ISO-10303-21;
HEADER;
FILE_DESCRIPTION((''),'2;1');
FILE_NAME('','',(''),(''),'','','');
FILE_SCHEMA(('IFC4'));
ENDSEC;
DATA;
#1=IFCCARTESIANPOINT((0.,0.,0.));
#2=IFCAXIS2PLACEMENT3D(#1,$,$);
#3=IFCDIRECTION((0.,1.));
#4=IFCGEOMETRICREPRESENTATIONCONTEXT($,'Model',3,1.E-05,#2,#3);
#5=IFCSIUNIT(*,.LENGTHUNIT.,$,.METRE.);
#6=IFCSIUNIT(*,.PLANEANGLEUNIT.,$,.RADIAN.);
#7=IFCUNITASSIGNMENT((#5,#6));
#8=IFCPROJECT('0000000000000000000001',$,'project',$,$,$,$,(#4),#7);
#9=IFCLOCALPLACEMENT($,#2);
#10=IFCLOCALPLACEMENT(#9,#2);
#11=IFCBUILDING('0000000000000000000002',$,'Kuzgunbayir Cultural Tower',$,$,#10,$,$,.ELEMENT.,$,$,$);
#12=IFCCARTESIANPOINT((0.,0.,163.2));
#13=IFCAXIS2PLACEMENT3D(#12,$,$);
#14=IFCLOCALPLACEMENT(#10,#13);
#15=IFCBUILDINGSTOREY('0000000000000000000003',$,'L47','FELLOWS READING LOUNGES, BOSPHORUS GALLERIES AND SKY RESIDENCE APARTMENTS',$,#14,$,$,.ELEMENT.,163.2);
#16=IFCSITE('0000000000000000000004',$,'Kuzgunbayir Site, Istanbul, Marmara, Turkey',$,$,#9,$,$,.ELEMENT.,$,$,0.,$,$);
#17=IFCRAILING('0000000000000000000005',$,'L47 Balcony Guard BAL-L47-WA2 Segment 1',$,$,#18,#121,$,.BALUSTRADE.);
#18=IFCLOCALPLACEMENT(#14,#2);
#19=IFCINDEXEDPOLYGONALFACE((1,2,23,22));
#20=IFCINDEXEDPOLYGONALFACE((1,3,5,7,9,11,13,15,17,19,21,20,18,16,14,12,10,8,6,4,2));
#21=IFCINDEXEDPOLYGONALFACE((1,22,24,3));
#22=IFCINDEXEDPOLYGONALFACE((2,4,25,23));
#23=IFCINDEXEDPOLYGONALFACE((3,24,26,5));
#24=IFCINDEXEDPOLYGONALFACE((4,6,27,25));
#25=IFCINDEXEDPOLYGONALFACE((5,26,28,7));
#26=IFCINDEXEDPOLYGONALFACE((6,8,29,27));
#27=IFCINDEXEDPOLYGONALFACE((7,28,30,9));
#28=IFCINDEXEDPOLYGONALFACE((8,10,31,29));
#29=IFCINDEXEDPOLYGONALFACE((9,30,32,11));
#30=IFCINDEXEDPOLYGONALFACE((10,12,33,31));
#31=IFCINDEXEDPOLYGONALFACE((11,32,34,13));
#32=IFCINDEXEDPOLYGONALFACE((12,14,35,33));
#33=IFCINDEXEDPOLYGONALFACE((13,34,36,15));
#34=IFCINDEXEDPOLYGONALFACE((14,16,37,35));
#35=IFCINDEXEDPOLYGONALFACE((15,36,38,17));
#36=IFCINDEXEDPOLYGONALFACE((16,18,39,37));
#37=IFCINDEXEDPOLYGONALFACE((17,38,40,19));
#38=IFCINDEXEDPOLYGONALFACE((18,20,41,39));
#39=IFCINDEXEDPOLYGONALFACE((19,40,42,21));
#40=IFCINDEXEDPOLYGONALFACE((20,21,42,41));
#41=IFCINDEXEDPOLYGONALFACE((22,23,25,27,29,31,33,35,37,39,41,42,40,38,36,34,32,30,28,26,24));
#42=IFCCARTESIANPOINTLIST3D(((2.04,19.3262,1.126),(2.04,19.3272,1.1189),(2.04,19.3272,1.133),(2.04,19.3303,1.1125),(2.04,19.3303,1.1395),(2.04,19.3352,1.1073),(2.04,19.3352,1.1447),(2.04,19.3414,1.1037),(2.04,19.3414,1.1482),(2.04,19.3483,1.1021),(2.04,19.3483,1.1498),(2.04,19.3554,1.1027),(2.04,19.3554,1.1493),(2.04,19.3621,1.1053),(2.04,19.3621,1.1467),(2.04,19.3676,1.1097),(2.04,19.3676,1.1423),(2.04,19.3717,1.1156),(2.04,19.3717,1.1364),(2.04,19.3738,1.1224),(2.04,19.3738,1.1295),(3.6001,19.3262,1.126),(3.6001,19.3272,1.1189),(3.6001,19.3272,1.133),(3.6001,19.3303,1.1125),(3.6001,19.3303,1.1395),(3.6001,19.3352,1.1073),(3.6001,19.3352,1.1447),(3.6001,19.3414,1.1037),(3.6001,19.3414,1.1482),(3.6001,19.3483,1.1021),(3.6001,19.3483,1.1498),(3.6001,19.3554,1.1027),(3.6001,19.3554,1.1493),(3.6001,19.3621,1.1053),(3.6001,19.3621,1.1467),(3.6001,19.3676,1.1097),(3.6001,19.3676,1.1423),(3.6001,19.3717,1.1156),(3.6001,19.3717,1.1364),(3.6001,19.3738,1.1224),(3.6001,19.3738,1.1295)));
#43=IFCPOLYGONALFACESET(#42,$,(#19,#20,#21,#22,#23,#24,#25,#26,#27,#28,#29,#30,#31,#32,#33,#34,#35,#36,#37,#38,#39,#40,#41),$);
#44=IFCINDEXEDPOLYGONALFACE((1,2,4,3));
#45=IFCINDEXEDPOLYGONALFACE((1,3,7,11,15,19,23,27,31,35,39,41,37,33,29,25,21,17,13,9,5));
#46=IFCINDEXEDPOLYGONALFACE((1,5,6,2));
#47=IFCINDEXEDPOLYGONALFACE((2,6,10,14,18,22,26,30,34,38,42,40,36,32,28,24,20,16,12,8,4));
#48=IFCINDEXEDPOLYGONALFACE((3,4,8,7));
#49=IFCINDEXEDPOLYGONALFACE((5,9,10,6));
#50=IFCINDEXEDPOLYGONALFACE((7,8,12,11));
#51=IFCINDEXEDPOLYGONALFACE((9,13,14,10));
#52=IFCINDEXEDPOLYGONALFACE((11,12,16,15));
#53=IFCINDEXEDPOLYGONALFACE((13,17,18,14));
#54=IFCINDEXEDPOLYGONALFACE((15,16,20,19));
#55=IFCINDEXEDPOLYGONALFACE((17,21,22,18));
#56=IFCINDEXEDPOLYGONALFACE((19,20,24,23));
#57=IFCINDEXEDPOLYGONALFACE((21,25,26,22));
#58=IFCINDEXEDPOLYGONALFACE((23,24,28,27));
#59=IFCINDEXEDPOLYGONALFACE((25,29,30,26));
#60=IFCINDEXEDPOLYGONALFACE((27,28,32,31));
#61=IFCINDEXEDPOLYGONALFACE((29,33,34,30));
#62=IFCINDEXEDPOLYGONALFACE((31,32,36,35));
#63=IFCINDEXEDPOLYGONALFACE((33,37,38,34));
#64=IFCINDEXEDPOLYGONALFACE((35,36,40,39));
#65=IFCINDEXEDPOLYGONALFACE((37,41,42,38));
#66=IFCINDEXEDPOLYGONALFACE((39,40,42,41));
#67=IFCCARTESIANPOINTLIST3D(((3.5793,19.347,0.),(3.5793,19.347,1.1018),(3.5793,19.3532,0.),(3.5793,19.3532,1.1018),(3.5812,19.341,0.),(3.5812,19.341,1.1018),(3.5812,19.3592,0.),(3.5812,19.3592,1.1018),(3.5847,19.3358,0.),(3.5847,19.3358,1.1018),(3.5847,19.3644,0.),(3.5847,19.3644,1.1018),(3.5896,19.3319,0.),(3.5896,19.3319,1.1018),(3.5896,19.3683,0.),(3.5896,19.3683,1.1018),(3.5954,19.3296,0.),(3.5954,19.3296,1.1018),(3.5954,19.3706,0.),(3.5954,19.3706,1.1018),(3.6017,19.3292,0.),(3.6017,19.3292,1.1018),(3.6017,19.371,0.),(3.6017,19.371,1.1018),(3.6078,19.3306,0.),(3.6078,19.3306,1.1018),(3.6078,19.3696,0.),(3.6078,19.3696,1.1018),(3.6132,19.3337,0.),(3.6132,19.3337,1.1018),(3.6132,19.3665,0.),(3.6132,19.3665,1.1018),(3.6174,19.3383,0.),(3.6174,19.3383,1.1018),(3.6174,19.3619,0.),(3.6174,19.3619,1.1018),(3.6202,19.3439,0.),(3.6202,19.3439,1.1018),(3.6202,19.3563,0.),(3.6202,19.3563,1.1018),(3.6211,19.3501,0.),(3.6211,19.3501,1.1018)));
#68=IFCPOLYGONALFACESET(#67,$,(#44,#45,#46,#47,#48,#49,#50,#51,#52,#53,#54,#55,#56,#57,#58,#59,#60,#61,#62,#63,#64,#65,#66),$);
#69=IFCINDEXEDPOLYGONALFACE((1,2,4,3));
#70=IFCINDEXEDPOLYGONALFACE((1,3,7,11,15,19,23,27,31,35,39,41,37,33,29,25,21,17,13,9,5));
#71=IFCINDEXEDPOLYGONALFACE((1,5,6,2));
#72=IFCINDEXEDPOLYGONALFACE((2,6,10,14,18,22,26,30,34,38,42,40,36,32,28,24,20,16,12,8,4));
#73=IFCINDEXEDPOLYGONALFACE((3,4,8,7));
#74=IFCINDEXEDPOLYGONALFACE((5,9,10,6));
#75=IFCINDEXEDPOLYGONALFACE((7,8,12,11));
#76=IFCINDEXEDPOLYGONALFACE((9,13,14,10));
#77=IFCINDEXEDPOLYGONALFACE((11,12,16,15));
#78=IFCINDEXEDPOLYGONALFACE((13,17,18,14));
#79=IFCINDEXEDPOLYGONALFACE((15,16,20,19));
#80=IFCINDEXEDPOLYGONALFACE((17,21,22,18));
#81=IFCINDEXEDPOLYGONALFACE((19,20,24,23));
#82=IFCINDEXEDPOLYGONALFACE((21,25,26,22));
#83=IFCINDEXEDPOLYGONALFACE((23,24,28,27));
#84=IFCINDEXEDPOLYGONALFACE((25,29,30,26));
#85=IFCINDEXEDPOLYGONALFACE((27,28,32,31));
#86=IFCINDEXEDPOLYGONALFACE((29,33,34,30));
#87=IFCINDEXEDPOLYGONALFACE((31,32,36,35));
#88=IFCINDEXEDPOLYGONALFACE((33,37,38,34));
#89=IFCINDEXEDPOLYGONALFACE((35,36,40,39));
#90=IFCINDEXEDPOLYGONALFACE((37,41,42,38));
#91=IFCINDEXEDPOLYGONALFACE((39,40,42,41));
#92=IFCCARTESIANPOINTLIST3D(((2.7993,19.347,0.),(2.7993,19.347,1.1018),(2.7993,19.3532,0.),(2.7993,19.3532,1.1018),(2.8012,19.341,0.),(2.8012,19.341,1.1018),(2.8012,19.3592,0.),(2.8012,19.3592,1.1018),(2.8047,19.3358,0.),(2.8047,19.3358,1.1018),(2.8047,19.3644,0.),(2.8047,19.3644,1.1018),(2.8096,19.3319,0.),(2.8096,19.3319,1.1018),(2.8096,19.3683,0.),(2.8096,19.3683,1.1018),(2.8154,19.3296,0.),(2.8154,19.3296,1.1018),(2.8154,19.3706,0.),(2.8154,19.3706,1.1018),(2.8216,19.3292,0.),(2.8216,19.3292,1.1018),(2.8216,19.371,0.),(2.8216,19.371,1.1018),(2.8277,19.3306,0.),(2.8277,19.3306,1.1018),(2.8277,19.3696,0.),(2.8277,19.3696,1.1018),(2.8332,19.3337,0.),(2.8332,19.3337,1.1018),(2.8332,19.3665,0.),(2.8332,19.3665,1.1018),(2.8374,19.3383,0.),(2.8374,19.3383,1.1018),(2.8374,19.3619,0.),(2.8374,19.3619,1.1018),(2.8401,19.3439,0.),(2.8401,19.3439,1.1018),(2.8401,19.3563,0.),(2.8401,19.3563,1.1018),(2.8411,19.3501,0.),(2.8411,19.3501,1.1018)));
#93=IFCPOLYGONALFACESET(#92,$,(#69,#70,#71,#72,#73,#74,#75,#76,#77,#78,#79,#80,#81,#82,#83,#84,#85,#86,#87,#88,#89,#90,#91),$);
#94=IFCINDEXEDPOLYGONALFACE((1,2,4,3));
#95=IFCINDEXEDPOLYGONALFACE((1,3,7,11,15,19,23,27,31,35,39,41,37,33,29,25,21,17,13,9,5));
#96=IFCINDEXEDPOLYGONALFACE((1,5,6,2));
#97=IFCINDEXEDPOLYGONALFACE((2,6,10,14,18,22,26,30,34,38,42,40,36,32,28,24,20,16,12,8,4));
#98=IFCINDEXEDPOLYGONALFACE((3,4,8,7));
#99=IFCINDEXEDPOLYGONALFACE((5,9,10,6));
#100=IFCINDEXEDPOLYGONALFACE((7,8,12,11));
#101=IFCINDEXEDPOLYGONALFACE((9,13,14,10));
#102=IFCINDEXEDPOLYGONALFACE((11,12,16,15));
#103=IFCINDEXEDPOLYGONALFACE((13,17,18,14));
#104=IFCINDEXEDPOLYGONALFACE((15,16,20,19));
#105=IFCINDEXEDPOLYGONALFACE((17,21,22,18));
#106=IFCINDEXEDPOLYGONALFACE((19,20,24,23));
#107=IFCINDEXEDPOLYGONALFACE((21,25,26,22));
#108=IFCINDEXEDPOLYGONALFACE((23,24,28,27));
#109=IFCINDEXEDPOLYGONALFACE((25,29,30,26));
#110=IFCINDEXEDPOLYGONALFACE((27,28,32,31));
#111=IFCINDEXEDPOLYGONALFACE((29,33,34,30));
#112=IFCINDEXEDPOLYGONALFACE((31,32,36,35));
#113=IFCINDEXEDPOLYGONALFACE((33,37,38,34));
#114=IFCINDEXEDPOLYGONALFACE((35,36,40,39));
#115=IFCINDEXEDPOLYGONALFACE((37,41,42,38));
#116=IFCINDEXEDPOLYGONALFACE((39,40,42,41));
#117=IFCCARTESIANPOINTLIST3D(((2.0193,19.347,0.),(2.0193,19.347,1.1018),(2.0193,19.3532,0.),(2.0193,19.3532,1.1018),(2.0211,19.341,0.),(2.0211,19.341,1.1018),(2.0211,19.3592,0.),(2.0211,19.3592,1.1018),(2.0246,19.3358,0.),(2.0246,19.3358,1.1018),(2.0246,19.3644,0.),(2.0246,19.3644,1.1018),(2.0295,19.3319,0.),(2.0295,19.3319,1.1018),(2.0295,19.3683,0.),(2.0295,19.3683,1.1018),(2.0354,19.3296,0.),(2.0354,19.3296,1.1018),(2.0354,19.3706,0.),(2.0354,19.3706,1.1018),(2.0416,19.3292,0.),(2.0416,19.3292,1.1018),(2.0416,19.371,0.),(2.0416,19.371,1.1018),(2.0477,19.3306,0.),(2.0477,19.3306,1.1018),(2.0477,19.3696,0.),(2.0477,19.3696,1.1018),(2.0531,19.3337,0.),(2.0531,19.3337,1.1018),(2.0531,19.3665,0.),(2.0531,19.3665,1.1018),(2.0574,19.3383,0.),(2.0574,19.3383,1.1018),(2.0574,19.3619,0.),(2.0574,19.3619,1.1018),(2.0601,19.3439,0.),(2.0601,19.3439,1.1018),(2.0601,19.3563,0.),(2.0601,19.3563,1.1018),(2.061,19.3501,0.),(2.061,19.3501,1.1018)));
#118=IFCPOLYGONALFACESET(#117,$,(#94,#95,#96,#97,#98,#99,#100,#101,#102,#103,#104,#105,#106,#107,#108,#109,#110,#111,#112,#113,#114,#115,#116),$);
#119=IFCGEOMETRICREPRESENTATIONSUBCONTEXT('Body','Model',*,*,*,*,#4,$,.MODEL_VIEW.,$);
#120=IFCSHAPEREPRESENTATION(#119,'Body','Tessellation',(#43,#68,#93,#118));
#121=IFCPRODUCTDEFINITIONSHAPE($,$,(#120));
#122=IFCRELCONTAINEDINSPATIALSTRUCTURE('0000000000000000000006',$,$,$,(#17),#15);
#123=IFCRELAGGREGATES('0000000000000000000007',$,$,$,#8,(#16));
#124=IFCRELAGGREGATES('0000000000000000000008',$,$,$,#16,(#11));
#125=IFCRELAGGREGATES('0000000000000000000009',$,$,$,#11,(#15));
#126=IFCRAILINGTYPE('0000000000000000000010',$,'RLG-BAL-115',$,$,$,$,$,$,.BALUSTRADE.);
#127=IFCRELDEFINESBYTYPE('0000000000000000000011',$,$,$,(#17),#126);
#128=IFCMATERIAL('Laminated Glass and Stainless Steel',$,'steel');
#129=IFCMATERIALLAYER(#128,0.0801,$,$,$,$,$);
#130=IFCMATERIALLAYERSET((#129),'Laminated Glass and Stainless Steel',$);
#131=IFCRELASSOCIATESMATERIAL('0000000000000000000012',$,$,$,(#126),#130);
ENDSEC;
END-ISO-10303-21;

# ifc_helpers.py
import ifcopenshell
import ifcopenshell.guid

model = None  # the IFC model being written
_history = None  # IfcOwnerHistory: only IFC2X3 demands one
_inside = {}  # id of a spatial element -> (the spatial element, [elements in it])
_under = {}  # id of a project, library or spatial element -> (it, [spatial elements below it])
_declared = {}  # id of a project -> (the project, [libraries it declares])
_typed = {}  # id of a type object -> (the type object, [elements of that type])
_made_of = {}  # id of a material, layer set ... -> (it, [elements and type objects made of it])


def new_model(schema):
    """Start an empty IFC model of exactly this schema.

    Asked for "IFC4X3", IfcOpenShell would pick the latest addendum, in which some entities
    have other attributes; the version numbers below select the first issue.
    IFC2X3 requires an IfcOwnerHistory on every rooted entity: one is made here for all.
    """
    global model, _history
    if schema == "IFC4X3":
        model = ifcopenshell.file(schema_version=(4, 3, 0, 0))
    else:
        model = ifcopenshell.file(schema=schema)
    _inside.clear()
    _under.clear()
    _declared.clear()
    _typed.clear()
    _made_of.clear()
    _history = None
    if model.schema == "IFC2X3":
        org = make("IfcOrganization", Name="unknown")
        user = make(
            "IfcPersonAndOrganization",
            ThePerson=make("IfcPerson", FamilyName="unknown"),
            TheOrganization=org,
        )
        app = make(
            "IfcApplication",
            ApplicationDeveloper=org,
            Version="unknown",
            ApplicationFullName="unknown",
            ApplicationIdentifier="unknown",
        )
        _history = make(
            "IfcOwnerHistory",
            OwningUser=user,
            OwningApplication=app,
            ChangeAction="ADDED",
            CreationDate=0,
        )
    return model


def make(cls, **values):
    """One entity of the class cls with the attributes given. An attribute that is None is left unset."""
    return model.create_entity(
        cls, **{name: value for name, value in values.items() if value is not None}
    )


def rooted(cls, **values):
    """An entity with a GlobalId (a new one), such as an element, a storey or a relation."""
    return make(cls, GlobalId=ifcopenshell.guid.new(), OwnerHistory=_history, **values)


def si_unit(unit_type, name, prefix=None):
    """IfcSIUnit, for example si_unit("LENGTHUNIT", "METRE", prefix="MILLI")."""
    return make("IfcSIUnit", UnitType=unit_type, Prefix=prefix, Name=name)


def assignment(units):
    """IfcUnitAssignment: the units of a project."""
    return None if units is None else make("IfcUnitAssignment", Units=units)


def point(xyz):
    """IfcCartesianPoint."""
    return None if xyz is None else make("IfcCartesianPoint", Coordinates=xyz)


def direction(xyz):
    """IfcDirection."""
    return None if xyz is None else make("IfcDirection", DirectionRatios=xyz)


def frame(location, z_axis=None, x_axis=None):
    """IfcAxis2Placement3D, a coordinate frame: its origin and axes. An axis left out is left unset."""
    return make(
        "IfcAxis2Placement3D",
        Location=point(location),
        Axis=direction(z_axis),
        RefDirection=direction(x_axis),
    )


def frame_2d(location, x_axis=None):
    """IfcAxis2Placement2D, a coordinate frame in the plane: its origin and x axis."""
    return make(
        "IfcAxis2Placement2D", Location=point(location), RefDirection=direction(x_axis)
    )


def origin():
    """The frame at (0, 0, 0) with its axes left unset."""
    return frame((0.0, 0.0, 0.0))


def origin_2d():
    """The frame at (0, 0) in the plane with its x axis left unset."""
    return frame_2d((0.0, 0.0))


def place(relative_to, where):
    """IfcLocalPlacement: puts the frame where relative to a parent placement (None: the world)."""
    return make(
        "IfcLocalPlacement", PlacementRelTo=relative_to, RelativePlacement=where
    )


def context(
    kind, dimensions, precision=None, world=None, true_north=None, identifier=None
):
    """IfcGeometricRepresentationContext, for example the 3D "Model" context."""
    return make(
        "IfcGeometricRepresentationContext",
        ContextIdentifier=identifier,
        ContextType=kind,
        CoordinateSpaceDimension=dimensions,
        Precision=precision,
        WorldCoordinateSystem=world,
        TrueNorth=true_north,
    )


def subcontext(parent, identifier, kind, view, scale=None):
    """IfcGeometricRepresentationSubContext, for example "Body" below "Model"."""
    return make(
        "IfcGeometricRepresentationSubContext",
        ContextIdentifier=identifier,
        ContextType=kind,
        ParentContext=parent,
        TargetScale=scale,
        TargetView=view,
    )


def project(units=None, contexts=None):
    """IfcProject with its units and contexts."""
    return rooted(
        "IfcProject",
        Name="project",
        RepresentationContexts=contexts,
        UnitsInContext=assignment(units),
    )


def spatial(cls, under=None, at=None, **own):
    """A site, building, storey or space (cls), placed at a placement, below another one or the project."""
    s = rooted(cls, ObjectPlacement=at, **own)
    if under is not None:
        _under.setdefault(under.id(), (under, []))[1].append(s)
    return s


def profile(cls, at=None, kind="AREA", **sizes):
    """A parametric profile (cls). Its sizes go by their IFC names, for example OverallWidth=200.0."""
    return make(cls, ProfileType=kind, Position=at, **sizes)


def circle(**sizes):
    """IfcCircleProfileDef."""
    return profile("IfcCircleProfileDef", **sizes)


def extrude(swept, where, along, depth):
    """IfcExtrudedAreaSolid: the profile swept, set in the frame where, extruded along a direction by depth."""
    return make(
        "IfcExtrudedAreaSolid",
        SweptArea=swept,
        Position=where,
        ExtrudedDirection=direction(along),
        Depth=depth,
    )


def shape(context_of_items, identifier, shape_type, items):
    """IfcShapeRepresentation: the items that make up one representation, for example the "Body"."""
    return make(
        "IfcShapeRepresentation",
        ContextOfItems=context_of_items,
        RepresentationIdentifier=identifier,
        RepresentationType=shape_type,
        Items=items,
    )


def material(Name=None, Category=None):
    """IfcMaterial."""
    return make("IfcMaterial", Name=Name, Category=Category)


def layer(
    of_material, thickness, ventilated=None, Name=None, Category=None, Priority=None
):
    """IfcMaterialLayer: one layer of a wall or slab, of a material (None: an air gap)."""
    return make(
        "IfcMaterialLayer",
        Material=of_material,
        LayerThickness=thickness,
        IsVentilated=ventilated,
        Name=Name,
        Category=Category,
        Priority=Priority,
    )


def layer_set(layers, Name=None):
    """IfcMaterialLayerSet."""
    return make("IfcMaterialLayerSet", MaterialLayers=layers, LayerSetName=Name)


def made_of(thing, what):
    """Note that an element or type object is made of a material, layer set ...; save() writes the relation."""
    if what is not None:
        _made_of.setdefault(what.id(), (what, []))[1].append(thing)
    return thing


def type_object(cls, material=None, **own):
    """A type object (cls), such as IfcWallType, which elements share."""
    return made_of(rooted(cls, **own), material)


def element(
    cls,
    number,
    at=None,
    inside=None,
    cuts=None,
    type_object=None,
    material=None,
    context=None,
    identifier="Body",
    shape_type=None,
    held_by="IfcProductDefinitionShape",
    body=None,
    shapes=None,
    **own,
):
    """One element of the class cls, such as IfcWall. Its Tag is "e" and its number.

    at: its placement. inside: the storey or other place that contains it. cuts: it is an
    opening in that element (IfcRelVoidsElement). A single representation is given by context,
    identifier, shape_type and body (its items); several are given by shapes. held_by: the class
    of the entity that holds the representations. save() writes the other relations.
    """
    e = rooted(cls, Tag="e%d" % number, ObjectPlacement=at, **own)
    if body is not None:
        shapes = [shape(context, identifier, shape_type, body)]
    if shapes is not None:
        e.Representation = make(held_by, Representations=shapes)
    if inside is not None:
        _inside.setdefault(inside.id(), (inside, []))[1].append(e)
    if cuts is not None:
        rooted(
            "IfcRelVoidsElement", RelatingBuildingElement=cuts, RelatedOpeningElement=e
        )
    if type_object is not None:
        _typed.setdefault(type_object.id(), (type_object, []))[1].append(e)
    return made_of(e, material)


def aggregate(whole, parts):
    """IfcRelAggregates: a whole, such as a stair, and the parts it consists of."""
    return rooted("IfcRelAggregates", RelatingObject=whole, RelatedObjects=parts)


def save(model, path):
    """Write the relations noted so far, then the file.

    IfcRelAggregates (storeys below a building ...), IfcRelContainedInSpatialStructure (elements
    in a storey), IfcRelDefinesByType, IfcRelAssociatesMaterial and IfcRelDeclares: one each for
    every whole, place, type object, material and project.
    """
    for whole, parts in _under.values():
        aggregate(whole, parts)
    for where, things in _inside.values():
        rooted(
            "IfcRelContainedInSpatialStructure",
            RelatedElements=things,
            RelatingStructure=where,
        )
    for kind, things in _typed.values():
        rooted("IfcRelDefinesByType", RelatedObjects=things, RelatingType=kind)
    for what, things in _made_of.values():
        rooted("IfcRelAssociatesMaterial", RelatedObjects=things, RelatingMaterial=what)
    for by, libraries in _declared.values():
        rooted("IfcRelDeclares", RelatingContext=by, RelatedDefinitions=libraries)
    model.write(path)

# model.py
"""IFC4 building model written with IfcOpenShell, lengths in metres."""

from ifc_helpers import new_model, si_unit, direction, frame, origin, origin_2d, place, context, subcontext, project, spatial, circle, extrude, material, layer, layer_set, type_object, element, save


model = new_model("IFC4")

# Units and contexts
model_context = context("Model", 3, precision=1e-05, world=origin(), true_north=direction((0.0, 1.0)))
body_context = subcontext(model_context, "Body", "Model", "MODEL_VIEW")
ifc_project = project(units=[si_unit("LENGTHUNIT", "METRE"), si_unit("PLANEANGLEUNIT", "RADIAN")], contexts=[model_context])

# Site, building, storey
site_placement = place(None, origin())
site = spatial("IfcSite", under=ifc_project, at=site_placement, Name="Kuzgunbayir Site, Istanbul, Marmara, Turkey", CompositionType="ELEMENT", RefElevation=0.0)
building_placement = place(site_placement, origin())
building = spatial("IfcBuilding", under=site, at=building_placement, Name="Kuzgunbayir Cultural Tower", CompositionType="ELEMENT")
storey_placement = place(building_placement, frame((0.0, 0.0, 163.2)))
storey = spatial("IfcBuildingStorey", under=building, at=storey_placement, Name="L47", Description="FELLOWS READING LOUNGES, BOSPHORUS GALLERIES AND SKY RESIDENCE APARTMENTS", CompositionType="ELEMENT", Elevation=163.2)

# Railing
ifc_material_1 = material(Name="Laminated Glass and Stainless Steel", Category="steel")
ifc_layer_1 = layer(ifc_material_1, 0.0801)
ifc_layer_set_1 = layer_set([ifc_layer_1], Name="Laminated Glass and Stainless Steel")
railing_type = type_object("IfcRailingType", Name="RLG-BAL-115", PredefinedType="BALUSTRADE", material=ifc_layer_set_1)
railing_1_placement = place(storey_placement, frame((3.6001, 19.3501, 0.0)))
element("IfcRailing", 1, at=railing_1_placement, inside=storey, type_object=railing_type, Name="L47 Balcony Guard BAL-L47-WA2 Segment 1", PredefinedType="BALUSTRADE", context=body_context, shape_type="SweptSolid", body=[
    extrude(circle(Radius=0.0239, at=origin_2d()), frame((0.0, 0.0, 1.126), z_axis=(-1.0, 0.0, 0.0), x_axis=(0.0, -1.0, 0.0)), (0.0, 0.0, 1.0), 1.5601),
    extrude(circle(Radius=0.021, at=origin_2d()), origin(), (0.0, 0.0, 1.0), 1.1018),
    extrude(circle(Radius=0.021, at=origin_2d()), frame((-0.78, 0.0, 0.0)), (0.0, 0.0, 1.0), 1.1018),
    extrude(circle(Radius=0.021, at=origin_2d()), frame((-1.5601, 0.0, 0.0)), (0.0, 0.0, 1.0), 1.1018),
])

save(model, "model.ifc")
